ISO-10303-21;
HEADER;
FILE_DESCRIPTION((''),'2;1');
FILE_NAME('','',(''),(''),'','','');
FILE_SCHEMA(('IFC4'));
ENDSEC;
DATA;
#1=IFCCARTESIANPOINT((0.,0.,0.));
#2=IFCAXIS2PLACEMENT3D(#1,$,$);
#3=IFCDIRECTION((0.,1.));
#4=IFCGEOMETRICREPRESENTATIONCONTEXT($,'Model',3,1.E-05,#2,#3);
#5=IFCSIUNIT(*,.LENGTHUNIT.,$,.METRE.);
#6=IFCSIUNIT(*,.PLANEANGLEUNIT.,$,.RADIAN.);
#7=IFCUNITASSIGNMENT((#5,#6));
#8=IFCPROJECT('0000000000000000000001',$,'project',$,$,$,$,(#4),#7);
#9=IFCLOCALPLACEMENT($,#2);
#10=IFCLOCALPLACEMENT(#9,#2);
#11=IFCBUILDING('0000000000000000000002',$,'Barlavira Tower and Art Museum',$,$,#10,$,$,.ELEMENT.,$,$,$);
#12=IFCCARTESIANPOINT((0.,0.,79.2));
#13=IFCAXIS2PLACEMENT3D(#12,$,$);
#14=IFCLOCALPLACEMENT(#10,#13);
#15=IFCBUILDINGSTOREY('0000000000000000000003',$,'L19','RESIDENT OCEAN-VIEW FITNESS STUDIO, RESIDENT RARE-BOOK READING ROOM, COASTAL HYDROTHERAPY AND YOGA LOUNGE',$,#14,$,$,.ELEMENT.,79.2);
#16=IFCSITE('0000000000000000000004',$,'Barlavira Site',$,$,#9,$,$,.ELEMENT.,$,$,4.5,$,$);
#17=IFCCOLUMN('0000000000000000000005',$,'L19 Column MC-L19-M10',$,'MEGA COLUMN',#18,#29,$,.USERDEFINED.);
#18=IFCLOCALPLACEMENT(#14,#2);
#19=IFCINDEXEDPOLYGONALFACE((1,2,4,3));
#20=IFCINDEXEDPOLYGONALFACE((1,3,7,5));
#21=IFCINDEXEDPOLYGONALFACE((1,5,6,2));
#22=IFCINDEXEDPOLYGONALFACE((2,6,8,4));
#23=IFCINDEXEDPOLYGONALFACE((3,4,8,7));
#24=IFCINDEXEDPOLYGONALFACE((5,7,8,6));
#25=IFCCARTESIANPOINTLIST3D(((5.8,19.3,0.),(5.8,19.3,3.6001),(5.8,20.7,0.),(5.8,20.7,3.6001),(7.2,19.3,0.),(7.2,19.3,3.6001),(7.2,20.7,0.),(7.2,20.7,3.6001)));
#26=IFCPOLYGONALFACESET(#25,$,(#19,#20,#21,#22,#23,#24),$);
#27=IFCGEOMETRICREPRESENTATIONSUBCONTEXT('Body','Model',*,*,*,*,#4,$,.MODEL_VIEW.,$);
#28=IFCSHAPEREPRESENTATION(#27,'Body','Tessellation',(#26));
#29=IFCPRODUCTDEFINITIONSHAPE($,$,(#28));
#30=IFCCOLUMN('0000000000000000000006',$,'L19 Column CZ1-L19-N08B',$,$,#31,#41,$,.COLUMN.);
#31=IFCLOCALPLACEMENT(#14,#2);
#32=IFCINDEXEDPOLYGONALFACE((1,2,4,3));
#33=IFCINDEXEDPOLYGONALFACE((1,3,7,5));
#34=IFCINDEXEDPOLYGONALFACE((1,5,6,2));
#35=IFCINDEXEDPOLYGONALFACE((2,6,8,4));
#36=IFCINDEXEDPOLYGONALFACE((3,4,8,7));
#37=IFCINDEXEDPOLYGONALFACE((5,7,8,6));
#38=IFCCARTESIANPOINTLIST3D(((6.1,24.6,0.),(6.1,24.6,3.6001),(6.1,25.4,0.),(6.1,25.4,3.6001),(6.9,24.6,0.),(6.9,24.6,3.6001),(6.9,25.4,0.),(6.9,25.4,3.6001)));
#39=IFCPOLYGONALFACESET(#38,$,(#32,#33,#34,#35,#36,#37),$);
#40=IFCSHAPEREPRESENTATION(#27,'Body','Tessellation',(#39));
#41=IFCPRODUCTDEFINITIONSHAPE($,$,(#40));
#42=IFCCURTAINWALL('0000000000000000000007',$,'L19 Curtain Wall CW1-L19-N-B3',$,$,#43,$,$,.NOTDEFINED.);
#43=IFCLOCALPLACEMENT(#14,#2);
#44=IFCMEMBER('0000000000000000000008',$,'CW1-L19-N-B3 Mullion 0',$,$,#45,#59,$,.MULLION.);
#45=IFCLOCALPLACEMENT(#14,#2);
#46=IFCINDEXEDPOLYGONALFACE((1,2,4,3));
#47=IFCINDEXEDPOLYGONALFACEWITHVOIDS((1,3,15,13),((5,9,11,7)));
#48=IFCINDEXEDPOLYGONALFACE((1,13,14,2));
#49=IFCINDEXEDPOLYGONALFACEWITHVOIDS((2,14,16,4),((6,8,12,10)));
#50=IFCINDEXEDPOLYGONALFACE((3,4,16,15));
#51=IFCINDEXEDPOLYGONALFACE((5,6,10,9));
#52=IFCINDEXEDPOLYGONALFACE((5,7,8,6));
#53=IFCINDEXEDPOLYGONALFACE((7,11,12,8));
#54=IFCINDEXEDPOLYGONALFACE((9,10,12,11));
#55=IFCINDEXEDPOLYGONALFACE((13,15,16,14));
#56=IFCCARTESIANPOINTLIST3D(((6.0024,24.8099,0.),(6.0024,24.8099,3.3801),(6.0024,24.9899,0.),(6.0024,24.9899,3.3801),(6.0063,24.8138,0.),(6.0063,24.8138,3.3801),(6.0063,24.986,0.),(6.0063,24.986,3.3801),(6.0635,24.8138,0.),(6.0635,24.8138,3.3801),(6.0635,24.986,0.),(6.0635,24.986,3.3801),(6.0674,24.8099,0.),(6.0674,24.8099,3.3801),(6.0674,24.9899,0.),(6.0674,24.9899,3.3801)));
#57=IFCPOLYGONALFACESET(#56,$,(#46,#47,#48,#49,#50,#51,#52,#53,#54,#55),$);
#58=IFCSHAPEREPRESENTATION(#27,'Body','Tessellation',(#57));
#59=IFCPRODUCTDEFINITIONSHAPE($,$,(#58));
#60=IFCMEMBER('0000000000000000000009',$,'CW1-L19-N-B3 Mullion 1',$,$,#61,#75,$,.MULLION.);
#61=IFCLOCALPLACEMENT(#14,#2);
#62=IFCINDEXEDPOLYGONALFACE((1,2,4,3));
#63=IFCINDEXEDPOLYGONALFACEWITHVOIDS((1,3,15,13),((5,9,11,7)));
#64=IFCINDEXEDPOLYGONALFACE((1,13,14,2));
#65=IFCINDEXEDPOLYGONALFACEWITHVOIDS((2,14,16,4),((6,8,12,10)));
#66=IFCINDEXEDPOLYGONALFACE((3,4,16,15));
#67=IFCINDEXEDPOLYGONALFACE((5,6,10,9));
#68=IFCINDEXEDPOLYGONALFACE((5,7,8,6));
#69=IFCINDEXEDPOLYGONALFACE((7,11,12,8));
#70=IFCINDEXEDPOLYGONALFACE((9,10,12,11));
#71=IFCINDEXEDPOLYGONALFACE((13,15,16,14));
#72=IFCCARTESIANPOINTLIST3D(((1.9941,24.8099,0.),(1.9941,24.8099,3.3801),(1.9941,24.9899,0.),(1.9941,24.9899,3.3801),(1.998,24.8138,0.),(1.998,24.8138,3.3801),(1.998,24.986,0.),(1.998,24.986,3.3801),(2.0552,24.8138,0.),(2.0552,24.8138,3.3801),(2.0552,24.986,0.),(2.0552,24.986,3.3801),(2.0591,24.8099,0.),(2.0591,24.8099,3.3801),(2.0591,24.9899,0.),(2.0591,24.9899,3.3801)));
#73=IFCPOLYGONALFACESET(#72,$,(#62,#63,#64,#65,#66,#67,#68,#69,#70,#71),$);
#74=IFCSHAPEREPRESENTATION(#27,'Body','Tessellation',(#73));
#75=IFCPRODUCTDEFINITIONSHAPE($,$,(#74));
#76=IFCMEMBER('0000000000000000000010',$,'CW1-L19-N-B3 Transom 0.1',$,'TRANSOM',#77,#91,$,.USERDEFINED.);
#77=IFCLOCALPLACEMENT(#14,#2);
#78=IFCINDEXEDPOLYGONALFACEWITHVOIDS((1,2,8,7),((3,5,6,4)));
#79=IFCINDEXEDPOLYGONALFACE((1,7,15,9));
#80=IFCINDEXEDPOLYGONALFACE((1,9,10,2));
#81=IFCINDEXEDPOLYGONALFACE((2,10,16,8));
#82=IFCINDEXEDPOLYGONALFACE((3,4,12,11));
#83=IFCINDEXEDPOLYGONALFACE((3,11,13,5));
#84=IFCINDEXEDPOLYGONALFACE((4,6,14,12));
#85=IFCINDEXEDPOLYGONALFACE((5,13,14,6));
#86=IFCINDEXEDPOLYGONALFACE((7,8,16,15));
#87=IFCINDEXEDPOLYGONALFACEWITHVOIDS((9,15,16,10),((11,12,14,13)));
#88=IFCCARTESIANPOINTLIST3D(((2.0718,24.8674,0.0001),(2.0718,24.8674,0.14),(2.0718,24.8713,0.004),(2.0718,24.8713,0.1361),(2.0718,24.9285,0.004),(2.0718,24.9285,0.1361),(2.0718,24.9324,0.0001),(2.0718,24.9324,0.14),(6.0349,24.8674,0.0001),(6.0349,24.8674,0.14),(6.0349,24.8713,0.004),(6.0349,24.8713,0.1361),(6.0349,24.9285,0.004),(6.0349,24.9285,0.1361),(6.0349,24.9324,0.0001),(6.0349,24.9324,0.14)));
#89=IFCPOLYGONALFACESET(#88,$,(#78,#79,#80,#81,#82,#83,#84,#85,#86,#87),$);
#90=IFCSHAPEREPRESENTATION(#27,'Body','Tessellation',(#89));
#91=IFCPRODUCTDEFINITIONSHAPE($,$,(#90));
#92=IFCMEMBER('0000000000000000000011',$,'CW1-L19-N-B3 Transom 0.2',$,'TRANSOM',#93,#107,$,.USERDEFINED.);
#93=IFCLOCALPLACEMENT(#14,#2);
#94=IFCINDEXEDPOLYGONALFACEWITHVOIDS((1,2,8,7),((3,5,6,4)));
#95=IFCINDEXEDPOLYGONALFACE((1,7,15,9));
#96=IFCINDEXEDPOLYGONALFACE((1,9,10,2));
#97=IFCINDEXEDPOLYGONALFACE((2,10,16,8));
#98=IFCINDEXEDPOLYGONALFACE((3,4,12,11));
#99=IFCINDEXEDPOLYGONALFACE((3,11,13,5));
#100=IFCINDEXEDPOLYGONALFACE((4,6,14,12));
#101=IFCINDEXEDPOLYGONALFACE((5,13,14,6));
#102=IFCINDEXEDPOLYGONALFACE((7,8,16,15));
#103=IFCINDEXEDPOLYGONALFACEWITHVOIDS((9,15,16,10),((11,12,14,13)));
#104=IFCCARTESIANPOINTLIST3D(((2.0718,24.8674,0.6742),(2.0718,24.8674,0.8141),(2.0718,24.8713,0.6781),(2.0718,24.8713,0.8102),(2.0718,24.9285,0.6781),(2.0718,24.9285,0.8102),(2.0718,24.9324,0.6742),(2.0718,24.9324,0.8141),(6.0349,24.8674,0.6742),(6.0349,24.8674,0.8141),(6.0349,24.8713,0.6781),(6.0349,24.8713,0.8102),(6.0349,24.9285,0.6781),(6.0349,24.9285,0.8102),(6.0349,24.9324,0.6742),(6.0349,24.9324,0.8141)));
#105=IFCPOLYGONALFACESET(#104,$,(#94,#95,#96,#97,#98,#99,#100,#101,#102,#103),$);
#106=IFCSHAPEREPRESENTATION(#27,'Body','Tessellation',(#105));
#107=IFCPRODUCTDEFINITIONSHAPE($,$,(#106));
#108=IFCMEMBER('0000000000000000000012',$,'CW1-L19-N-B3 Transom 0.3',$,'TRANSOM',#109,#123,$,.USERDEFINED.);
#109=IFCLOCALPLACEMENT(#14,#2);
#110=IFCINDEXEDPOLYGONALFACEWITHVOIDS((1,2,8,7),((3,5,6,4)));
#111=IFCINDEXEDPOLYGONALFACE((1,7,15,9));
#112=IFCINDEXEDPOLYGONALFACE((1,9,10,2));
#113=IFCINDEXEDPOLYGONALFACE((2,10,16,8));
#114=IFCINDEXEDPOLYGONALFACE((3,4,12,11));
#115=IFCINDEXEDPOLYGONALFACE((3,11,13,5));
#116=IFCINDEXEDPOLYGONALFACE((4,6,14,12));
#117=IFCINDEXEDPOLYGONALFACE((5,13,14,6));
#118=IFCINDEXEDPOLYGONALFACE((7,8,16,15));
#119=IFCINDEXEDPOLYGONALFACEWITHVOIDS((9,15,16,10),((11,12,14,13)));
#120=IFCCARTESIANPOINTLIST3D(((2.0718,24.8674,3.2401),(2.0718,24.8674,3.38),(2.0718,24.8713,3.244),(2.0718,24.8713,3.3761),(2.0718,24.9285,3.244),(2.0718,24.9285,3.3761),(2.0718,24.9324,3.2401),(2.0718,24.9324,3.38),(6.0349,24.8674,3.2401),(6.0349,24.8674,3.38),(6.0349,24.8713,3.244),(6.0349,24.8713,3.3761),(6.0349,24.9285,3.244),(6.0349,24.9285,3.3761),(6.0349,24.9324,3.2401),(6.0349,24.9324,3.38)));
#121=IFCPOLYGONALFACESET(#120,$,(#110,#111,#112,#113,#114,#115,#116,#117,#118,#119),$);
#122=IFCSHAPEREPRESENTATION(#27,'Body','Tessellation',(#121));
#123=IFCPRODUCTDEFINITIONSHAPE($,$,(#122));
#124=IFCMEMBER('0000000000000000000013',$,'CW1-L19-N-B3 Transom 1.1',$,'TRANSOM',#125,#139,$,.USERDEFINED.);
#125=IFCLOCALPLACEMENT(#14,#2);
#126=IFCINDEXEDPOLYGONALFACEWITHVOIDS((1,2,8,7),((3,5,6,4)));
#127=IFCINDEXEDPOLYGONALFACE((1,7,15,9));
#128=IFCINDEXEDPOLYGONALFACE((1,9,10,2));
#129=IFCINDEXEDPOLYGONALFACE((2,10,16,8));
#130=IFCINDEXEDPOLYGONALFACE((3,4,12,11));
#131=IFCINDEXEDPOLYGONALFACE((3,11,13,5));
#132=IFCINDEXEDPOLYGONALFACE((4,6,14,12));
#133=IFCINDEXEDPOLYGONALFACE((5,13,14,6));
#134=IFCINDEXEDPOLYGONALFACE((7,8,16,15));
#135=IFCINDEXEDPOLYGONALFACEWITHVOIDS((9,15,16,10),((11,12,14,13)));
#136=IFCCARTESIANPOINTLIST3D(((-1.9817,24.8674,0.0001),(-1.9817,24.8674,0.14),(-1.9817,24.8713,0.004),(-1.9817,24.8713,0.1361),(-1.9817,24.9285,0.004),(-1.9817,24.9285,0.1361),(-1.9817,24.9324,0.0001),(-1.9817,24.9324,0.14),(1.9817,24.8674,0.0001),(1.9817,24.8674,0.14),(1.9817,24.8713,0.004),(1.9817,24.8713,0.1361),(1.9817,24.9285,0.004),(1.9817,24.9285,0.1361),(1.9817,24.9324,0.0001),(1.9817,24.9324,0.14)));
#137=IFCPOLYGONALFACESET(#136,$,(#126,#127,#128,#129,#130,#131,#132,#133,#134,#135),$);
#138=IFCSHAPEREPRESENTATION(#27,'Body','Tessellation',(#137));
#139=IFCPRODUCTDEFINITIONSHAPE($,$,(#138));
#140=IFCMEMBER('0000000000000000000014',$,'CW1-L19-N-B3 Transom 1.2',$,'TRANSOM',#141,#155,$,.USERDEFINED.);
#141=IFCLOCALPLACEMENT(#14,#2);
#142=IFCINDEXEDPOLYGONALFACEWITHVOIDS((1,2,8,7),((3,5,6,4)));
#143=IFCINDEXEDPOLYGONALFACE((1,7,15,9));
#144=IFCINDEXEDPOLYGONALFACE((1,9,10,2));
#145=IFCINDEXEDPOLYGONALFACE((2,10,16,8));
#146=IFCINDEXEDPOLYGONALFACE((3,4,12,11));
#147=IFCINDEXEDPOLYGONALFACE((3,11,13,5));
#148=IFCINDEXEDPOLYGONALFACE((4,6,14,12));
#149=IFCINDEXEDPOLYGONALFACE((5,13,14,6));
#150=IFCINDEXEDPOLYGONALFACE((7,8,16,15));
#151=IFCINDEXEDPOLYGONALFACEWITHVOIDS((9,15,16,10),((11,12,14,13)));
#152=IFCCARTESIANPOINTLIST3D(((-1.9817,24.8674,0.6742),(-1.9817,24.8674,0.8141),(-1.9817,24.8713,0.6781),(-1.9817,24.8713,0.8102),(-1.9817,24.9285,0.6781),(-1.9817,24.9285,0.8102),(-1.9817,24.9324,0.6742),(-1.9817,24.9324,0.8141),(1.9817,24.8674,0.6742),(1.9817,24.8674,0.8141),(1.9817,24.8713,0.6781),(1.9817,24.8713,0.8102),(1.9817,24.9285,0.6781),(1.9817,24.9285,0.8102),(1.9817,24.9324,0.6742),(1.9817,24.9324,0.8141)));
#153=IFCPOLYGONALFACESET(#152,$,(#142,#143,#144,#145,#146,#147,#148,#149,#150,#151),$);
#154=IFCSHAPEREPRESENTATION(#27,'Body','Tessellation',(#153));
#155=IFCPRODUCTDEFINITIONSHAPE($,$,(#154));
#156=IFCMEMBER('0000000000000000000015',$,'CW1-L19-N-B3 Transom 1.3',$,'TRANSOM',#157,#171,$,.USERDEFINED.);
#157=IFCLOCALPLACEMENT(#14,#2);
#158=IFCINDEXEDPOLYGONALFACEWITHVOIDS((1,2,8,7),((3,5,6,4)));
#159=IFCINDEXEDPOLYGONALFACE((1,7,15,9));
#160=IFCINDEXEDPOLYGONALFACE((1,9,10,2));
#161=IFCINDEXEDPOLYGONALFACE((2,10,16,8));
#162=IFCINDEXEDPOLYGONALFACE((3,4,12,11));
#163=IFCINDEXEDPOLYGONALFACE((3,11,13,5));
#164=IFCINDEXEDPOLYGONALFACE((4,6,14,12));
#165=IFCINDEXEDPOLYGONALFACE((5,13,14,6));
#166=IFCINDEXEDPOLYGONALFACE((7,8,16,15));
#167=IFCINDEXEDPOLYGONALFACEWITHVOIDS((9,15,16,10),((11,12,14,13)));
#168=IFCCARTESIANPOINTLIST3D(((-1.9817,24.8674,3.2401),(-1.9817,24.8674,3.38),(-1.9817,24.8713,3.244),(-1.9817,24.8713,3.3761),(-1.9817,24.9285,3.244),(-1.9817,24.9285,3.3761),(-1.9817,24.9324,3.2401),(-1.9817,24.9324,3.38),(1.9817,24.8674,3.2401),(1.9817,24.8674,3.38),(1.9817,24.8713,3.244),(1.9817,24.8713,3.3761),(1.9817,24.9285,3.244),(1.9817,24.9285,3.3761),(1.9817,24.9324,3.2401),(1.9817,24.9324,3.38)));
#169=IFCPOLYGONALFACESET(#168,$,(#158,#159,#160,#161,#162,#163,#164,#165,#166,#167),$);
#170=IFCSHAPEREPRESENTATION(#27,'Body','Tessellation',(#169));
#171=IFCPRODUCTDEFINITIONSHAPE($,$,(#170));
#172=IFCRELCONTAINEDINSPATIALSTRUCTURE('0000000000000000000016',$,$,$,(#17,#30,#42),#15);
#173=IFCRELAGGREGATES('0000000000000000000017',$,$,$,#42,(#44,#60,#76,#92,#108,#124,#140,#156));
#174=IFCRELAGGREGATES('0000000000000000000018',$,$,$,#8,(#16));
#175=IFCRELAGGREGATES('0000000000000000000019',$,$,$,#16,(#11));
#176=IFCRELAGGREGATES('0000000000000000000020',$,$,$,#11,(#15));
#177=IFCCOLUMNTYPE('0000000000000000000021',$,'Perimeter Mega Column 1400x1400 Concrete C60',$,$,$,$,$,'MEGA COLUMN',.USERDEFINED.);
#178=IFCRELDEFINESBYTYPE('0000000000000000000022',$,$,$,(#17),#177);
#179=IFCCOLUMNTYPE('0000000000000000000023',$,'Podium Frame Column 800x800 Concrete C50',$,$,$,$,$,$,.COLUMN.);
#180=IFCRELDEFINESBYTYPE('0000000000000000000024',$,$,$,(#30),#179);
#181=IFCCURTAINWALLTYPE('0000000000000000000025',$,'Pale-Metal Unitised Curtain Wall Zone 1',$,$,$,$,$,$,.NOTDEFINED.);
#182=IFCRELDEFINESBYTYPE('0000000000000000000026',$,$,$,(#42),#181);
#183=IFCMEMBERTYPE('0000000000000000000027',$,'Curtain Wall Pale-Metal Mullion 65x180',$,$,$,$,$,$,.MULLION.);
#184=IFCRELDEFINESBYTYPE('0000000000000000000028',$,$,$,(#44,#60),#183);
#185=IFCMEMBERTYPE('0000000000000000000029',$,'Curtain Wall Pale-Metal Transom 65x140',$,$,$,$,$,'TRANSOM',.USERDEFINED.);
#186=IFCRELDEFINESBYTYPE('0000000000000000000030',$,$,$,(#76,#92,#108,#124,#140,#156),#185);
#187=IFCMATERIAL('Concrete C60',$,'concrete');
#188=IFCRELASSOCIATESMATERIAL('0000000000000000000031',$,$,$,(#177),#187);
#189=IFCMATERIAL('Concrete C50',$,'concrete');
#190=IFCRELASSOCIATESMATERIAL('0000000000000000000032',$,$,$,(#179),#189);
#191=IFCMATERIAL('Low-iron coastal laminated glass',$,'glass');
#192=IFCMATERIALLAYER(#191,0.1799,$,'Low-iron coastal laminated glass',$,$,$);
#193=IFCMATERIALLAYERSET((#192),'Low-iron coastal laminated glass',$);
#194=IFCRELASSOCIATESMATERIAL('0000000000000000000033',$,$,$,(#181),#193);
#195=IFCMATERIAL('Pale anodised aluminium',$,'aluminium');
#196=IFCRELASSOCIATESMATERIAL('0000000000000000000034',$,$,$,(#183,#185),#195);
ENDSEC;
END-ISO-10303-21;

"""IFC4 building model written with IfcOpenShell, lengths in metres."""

from ifc_helpers import new_model, si_unit, direction, frame, origin, origin_2d, place, context, subcontext, project, spatial, rectangle, hollow_rectangle, extrude, material, layer, layer_set, material_profile, profile_set, type_object, element, aggregate, save


model = new_model("IFC4")

# Units and contexts
model_context = context("Model", 3, precision=1e-05, world=origin(), true_north=direction((0.0, 1.0)))
body_context = subcontext(model_context, "Body", "Model", "MODEL_VIEW")
ifc_project = project(units=[si_unit("LENGTHUNIT", "METRE"), si_unit("PLANEANGLEUNIT", "RADIAN")], contexts=[model_context])

# Site, building, storey
site_placement = place(None, origin())
site = spatial("IfcSite", under=ifc_project, at=site_placement, Name="Barlavira Site", CompositionType="ELEMENT", RefElevation=4.5)
building_placement = place(site_placement, origin())
building = spatial("IfcBuilding", under=site, at=building_placement, Name="Barlavira Tower and Art Museum", CompositionType="ELEMENT")
storey_placement = place(building_placement, frame((0.0, 0.0, 79.2)))
storey = spatial("IfcBuildingStorey", under=building, at=storey_placement, Name="L19", Description="RESIDENT OCEAN-VIEW FITNESS STUDIO, RESIDENT RARE-BOOK READING ROOM, COASTAL HYDROTHERAPY AND YOGA LOUNGE", CompositionType="ELEMENT", Elevation=79.2)

# Columns
ifc_material_1 = material(Name="Concrete C60", Category="concrete")
ifc_material_profile_1 = material_profile(ifc_material_1, rectangle(XDim=1.3999, YDim=1.3999, at=origin_2d()), Name="RC-MCOL 1400x1400")
ifc_profile_set_1 = profile_set([ifc_material_profile_1], Name="Concrete C60")
column_type_1 = type_object("IfcColumnType", Name="Perimeter Mega Column 1400x1400 Concrete C60", ElementType="MEGA COLUMN", PredefinedType="USERDEFINED", material=ifc_profile_set_1)
column_1_placement = place(storey_placement, frame((6.5, 20.0, 0.0), z_axis=(0.0, 0.0, 1.0), x_axis=(1.0, 0.0, 0.0)))
element("IfcColumn", 1, at=column_1_placement, inside=storey, type_object=column_type_1, Name="L19 Column MC-L19-M10", ObjectType="MEGA COLUMN", PredefinedType="USERDEFINED", context=body_context, shape_type="SweptSolid", body=[
    extrude(rectangle(XDim=1.3999, YDim=1.3999, at=origin_2d()), origin(), (0.0, 0.0, 1.0), 3.6001),
])
ifc_material_2 = material(Name="Concrete C50", Category="concrete")
ifc_material_profile_2 = material_profile(ifc_material_2, rectangle(XDim=0.8, YDim=0.8, at=origin_2d()), Name="RC-COL 800x800")
ifc_profile_set_2 = profile_set([ifc_material_profile_2], Name="Concrete C50")
column_type_2 = type_object("IfcColumnType", Name="Podium Frame Column 800x800 Concrete C50", PredefinedType="COLUMN", material=ifc_profile_set_2)
column_2_placement = place(storey_placement, frame((6.5, 25.0, 0.0), z_axis=(0.0, 0.0, 1.0), x_axis=(1.0, 0.0, 0.0)))
element("IfcColumn", 2, at=column_2_placement, inside=storey, type_object=column_type_2, Name="L19 Column CZ1-L19-N08B", PredefinedType="COLUMN", context=body_context, shape_type="SweptSolid", body=[
    extrude(rectangle(XDim=0.8, YDim=0.8, at=origin_2d()), origin(), (0.0, 0.0, 1.0), 3.6001),
])

# Curtain wall, members
ifc_material_3 = material(Name="Low-iron coastal laminated glass", Category="glass")
ifc_layer_1 = layer(ifc_material_3, 0.1799, Name="Low-iron coastal laminated glass")
ifc_layer_set_1 = layer_set([ifc_layer_1], Name="Low-iron coastal laminated glass")
curtain_wall_type = type_object("IfcCurtainWallType", Name="Pale-Metal Unitised Curtain Wall Zone 1", PredefinedType="NOTDEFINED", material=ifc_layer_set_1)
curtain_wall_placement = place(storey_placement, origin())
curtain_wall = element("IfcCurtainWall", 3, at=curtain_wall_placement, inside=storey, type_object=curtain_wall_type, Name="L19 Curtain Wall CW1-L19-N-B3", PredefinedType="NOTDEFINED")
ifc_material_4 = material(Name="Pale anodised aluminium", Category="aluminium")
ifc_material_profile_3 = material_profile(ifc_material_4, hollow_rectangle(XDim=0.0649, YDim=0.1799, WallThickness=0.0039, at=origin_2d()), Name="ALU-MULL 65x180x4")
ifc_profile_set_3 = profile_set([ifc_material_profile_3], Name="Pale anodised aluminium")
member_type_1 = type_object("IfcMemberType", Name="Curtain Wall Pale-Metal Mullion 65x180", PredefinedType="MULLION", material=ifc_profile_set_3)
member_1_placement = place(storey_placement, frame((6.0349, 24.8999, 0.0), z_axis=(0.0, 0.0, 1.0), x_axis=(-1.0, 0.0, 0.0)))
member_1 = element("IfcMember", 4, at=member_1_placement, type_object=member_type_1, Name="CW1-L19-N-B3 Mullion 0", PredefinedType="MULLION", context=body_context, shape_type="SweptSolid", body=[
    extrude(hollow_rectangle(XDim=0.0649, YDim=0.1799, WallThickness=0.0039, at=origin_2d()), origin(), (0.0, 0.0, 1.0), 3.3801),
])
member_2_placement = place(storey_placement, frame((2.0266, 24.8999, 0.0), z_axis=(0.0, 0.0, 1.0), x_axis=(-1.0, 0.0, 0.0)))
member_2 = element("IfcMember", 5, at=member_2_placement, type_object=member_type_1, Name="CW1-L19-N-B3 Mullion 1", PredefinedType="MULLION", context=body_context, shape_type="SweptSolid", body=[
    extrude(hollow_rectangle(XDim=0.0649, YDim=0.1799, WallThickness=0.0039, at=origin_2d()), origin(), (0.0, 0.0, 1.0), 3.3801),
])
ifc_material_profile_4 = material_profile(ifc_material_4, hollow_rectangle(XDim=0.0649, YDim=0.1399, WallThickness=0.0039, at=origin_2d()), Name="ALU-TRAN 65x140x4")
ifc_profile_set_4 = profile_set([ifc_material_profile_4], Name="Pale anodised aluminium")
member_type_2 = type_object("IfcMemberType", Name="Curtain Wall Pale-Metal Transom 65x140", ElementType="TRANSOM", PredefinedType="USERDEFINED", material=ifc_profile_set_4)
member_3_placement = place(storey_placement, frame((6.0349, 24.8999, 0.0701), z_axis=(-1.0, 0.0, 0.0), x_axis=(0.0, -1.0, 0.0)))
member_3 = element("IfcMember", 6, at=member_3_placement, type_object=member_type_2, Name="CW1-L19-N-B3 Transom 0.1", ObjectType="TRANSOM", PredefinedType="USERDEFINED", context=body_context, shape_type="SweptSolid", body=[
    extrude(hollow_rectangle(XDim=0.0649, YDim=0.1399, WallThickness=0.0039, at=origin_2d()), origin(), (0.0, 0.0, 1.0), 3.9631),
])
member_4_placement = place(storey_placement, frame((6.0349, 24.8999, 0.7441), z_axis=(-1.0, 0.0, 0.0), x_axis=(0.0, -1.0, 0.0)))
member_4 = element("IfcMember", 7, at=member_4_placement, type_object=member_type_2, Name="CW1-L19-N-B3 Transom 0.2", ObjectType="TRANSOM", PredefinedType="USERDEFINED", context=body_context, shape_type="SweptSolid", body=[
    extrude(hollow_rectangle(XDim=0.0649, YDim=0.1399, WallThickness=0.0039, at=origin_2d()), origin(), (0.0, 0.0, 1.0), 3.9631),
])
member_5_placement = place(storey_placement, frame((6.0349, 24.8999, 3.3101), z_axis=(-1.0, 0.0, 0.0), x_axis=(0.0, -1.0, 0.0)))
member_5 = element("IfcMember", 8, at=member_5_placement, type_object=member_type_2, Name="CW1-L19-N-B3 Transom 0.3", ObjectType="TRANSOM", PredefinedType="USERDEFINED", context=body_context, shape_type="SweptSolid", body=[
    extrude(hollow_rectangle(XDim=0.0649, YDim=0.1399, WallThickness=0.0039, at=origin_2d()), origin(), (0.0, 0.0, 1.0), 3.9631),
])
member_6_placement = place(storey_placement, frame((1.9817, 24.8999, 0.0701), z_axis=(-1.0, 0.0, 0.0), x_axis=(0.0, -1.0, 0.0)))
member_6 = element("IfcMember", 9, at=member_6_placement, type_object=member_type_2, Name="CW1-L19-N-B3 Transom 1.1", ObjectType="TRANSOM", PredefinedType="USERDEFINED", context=body_context, shape_type="SweptSolid", body=[
    extrude(hollow_rectangle(XDim=0.0649, YDim=0.1399, WallThickness=0.0039, at=origin_2d()), origin(), (0.0, 0.0, 1.0), 3.9634),
])
member_7_placement = place(storey_placement, frame((1.9817, 24.8999, 0.7441), z_axis=(-1.0, 0.0, 0.0), x_axis=(0.0, -1.0, 0.0)))
member_7 = element("IfcMember", 10, at=member_7_placement, type_object=member_type_2, Name="CW1-L19-N-B3 Transom 1.2", ObjectType="TRANSOM", PredefinedType="USERDEFINED", context=body_context, shape_type="SweptSolid", body=[
    extrude(hollow_rectangle(XDim=0.0649, YDim=0.1399, WallThickness=0.0039, at=origin_2d()), origin(), (0.0, 0.0, 1.0), 3.9634),
])
member_8_placement = place(storey_placement, frame((1.9817, 24.8999, 3.3101), z_axis=(-1.0, 0.0, 0.0), x_axis=(0.0, -1.0, 0.0)))
member_8 = element("IfcMember", 11, at=member_8_placement, type_object=member_type_2, Name="CW1-L19-N-B3 Transom 1.3", ObjectType="TRANSOM", PredefinedType="USERDEFINED", context=body_context, shape_type="SweptSolid", body=[
    extrude(hollow_rectangle(XDim=0.0649, YDim=0.1399, WallThickness=0.0039, at=origin_2d()), origin(), (0.0, 0.0, 1.0), 3.9634),
])

aggregate(curtain_wall, [member_1, member_2, member_3, member_4, member_5, member_6, member_7, member_8])

save(model, "model.ifc")
